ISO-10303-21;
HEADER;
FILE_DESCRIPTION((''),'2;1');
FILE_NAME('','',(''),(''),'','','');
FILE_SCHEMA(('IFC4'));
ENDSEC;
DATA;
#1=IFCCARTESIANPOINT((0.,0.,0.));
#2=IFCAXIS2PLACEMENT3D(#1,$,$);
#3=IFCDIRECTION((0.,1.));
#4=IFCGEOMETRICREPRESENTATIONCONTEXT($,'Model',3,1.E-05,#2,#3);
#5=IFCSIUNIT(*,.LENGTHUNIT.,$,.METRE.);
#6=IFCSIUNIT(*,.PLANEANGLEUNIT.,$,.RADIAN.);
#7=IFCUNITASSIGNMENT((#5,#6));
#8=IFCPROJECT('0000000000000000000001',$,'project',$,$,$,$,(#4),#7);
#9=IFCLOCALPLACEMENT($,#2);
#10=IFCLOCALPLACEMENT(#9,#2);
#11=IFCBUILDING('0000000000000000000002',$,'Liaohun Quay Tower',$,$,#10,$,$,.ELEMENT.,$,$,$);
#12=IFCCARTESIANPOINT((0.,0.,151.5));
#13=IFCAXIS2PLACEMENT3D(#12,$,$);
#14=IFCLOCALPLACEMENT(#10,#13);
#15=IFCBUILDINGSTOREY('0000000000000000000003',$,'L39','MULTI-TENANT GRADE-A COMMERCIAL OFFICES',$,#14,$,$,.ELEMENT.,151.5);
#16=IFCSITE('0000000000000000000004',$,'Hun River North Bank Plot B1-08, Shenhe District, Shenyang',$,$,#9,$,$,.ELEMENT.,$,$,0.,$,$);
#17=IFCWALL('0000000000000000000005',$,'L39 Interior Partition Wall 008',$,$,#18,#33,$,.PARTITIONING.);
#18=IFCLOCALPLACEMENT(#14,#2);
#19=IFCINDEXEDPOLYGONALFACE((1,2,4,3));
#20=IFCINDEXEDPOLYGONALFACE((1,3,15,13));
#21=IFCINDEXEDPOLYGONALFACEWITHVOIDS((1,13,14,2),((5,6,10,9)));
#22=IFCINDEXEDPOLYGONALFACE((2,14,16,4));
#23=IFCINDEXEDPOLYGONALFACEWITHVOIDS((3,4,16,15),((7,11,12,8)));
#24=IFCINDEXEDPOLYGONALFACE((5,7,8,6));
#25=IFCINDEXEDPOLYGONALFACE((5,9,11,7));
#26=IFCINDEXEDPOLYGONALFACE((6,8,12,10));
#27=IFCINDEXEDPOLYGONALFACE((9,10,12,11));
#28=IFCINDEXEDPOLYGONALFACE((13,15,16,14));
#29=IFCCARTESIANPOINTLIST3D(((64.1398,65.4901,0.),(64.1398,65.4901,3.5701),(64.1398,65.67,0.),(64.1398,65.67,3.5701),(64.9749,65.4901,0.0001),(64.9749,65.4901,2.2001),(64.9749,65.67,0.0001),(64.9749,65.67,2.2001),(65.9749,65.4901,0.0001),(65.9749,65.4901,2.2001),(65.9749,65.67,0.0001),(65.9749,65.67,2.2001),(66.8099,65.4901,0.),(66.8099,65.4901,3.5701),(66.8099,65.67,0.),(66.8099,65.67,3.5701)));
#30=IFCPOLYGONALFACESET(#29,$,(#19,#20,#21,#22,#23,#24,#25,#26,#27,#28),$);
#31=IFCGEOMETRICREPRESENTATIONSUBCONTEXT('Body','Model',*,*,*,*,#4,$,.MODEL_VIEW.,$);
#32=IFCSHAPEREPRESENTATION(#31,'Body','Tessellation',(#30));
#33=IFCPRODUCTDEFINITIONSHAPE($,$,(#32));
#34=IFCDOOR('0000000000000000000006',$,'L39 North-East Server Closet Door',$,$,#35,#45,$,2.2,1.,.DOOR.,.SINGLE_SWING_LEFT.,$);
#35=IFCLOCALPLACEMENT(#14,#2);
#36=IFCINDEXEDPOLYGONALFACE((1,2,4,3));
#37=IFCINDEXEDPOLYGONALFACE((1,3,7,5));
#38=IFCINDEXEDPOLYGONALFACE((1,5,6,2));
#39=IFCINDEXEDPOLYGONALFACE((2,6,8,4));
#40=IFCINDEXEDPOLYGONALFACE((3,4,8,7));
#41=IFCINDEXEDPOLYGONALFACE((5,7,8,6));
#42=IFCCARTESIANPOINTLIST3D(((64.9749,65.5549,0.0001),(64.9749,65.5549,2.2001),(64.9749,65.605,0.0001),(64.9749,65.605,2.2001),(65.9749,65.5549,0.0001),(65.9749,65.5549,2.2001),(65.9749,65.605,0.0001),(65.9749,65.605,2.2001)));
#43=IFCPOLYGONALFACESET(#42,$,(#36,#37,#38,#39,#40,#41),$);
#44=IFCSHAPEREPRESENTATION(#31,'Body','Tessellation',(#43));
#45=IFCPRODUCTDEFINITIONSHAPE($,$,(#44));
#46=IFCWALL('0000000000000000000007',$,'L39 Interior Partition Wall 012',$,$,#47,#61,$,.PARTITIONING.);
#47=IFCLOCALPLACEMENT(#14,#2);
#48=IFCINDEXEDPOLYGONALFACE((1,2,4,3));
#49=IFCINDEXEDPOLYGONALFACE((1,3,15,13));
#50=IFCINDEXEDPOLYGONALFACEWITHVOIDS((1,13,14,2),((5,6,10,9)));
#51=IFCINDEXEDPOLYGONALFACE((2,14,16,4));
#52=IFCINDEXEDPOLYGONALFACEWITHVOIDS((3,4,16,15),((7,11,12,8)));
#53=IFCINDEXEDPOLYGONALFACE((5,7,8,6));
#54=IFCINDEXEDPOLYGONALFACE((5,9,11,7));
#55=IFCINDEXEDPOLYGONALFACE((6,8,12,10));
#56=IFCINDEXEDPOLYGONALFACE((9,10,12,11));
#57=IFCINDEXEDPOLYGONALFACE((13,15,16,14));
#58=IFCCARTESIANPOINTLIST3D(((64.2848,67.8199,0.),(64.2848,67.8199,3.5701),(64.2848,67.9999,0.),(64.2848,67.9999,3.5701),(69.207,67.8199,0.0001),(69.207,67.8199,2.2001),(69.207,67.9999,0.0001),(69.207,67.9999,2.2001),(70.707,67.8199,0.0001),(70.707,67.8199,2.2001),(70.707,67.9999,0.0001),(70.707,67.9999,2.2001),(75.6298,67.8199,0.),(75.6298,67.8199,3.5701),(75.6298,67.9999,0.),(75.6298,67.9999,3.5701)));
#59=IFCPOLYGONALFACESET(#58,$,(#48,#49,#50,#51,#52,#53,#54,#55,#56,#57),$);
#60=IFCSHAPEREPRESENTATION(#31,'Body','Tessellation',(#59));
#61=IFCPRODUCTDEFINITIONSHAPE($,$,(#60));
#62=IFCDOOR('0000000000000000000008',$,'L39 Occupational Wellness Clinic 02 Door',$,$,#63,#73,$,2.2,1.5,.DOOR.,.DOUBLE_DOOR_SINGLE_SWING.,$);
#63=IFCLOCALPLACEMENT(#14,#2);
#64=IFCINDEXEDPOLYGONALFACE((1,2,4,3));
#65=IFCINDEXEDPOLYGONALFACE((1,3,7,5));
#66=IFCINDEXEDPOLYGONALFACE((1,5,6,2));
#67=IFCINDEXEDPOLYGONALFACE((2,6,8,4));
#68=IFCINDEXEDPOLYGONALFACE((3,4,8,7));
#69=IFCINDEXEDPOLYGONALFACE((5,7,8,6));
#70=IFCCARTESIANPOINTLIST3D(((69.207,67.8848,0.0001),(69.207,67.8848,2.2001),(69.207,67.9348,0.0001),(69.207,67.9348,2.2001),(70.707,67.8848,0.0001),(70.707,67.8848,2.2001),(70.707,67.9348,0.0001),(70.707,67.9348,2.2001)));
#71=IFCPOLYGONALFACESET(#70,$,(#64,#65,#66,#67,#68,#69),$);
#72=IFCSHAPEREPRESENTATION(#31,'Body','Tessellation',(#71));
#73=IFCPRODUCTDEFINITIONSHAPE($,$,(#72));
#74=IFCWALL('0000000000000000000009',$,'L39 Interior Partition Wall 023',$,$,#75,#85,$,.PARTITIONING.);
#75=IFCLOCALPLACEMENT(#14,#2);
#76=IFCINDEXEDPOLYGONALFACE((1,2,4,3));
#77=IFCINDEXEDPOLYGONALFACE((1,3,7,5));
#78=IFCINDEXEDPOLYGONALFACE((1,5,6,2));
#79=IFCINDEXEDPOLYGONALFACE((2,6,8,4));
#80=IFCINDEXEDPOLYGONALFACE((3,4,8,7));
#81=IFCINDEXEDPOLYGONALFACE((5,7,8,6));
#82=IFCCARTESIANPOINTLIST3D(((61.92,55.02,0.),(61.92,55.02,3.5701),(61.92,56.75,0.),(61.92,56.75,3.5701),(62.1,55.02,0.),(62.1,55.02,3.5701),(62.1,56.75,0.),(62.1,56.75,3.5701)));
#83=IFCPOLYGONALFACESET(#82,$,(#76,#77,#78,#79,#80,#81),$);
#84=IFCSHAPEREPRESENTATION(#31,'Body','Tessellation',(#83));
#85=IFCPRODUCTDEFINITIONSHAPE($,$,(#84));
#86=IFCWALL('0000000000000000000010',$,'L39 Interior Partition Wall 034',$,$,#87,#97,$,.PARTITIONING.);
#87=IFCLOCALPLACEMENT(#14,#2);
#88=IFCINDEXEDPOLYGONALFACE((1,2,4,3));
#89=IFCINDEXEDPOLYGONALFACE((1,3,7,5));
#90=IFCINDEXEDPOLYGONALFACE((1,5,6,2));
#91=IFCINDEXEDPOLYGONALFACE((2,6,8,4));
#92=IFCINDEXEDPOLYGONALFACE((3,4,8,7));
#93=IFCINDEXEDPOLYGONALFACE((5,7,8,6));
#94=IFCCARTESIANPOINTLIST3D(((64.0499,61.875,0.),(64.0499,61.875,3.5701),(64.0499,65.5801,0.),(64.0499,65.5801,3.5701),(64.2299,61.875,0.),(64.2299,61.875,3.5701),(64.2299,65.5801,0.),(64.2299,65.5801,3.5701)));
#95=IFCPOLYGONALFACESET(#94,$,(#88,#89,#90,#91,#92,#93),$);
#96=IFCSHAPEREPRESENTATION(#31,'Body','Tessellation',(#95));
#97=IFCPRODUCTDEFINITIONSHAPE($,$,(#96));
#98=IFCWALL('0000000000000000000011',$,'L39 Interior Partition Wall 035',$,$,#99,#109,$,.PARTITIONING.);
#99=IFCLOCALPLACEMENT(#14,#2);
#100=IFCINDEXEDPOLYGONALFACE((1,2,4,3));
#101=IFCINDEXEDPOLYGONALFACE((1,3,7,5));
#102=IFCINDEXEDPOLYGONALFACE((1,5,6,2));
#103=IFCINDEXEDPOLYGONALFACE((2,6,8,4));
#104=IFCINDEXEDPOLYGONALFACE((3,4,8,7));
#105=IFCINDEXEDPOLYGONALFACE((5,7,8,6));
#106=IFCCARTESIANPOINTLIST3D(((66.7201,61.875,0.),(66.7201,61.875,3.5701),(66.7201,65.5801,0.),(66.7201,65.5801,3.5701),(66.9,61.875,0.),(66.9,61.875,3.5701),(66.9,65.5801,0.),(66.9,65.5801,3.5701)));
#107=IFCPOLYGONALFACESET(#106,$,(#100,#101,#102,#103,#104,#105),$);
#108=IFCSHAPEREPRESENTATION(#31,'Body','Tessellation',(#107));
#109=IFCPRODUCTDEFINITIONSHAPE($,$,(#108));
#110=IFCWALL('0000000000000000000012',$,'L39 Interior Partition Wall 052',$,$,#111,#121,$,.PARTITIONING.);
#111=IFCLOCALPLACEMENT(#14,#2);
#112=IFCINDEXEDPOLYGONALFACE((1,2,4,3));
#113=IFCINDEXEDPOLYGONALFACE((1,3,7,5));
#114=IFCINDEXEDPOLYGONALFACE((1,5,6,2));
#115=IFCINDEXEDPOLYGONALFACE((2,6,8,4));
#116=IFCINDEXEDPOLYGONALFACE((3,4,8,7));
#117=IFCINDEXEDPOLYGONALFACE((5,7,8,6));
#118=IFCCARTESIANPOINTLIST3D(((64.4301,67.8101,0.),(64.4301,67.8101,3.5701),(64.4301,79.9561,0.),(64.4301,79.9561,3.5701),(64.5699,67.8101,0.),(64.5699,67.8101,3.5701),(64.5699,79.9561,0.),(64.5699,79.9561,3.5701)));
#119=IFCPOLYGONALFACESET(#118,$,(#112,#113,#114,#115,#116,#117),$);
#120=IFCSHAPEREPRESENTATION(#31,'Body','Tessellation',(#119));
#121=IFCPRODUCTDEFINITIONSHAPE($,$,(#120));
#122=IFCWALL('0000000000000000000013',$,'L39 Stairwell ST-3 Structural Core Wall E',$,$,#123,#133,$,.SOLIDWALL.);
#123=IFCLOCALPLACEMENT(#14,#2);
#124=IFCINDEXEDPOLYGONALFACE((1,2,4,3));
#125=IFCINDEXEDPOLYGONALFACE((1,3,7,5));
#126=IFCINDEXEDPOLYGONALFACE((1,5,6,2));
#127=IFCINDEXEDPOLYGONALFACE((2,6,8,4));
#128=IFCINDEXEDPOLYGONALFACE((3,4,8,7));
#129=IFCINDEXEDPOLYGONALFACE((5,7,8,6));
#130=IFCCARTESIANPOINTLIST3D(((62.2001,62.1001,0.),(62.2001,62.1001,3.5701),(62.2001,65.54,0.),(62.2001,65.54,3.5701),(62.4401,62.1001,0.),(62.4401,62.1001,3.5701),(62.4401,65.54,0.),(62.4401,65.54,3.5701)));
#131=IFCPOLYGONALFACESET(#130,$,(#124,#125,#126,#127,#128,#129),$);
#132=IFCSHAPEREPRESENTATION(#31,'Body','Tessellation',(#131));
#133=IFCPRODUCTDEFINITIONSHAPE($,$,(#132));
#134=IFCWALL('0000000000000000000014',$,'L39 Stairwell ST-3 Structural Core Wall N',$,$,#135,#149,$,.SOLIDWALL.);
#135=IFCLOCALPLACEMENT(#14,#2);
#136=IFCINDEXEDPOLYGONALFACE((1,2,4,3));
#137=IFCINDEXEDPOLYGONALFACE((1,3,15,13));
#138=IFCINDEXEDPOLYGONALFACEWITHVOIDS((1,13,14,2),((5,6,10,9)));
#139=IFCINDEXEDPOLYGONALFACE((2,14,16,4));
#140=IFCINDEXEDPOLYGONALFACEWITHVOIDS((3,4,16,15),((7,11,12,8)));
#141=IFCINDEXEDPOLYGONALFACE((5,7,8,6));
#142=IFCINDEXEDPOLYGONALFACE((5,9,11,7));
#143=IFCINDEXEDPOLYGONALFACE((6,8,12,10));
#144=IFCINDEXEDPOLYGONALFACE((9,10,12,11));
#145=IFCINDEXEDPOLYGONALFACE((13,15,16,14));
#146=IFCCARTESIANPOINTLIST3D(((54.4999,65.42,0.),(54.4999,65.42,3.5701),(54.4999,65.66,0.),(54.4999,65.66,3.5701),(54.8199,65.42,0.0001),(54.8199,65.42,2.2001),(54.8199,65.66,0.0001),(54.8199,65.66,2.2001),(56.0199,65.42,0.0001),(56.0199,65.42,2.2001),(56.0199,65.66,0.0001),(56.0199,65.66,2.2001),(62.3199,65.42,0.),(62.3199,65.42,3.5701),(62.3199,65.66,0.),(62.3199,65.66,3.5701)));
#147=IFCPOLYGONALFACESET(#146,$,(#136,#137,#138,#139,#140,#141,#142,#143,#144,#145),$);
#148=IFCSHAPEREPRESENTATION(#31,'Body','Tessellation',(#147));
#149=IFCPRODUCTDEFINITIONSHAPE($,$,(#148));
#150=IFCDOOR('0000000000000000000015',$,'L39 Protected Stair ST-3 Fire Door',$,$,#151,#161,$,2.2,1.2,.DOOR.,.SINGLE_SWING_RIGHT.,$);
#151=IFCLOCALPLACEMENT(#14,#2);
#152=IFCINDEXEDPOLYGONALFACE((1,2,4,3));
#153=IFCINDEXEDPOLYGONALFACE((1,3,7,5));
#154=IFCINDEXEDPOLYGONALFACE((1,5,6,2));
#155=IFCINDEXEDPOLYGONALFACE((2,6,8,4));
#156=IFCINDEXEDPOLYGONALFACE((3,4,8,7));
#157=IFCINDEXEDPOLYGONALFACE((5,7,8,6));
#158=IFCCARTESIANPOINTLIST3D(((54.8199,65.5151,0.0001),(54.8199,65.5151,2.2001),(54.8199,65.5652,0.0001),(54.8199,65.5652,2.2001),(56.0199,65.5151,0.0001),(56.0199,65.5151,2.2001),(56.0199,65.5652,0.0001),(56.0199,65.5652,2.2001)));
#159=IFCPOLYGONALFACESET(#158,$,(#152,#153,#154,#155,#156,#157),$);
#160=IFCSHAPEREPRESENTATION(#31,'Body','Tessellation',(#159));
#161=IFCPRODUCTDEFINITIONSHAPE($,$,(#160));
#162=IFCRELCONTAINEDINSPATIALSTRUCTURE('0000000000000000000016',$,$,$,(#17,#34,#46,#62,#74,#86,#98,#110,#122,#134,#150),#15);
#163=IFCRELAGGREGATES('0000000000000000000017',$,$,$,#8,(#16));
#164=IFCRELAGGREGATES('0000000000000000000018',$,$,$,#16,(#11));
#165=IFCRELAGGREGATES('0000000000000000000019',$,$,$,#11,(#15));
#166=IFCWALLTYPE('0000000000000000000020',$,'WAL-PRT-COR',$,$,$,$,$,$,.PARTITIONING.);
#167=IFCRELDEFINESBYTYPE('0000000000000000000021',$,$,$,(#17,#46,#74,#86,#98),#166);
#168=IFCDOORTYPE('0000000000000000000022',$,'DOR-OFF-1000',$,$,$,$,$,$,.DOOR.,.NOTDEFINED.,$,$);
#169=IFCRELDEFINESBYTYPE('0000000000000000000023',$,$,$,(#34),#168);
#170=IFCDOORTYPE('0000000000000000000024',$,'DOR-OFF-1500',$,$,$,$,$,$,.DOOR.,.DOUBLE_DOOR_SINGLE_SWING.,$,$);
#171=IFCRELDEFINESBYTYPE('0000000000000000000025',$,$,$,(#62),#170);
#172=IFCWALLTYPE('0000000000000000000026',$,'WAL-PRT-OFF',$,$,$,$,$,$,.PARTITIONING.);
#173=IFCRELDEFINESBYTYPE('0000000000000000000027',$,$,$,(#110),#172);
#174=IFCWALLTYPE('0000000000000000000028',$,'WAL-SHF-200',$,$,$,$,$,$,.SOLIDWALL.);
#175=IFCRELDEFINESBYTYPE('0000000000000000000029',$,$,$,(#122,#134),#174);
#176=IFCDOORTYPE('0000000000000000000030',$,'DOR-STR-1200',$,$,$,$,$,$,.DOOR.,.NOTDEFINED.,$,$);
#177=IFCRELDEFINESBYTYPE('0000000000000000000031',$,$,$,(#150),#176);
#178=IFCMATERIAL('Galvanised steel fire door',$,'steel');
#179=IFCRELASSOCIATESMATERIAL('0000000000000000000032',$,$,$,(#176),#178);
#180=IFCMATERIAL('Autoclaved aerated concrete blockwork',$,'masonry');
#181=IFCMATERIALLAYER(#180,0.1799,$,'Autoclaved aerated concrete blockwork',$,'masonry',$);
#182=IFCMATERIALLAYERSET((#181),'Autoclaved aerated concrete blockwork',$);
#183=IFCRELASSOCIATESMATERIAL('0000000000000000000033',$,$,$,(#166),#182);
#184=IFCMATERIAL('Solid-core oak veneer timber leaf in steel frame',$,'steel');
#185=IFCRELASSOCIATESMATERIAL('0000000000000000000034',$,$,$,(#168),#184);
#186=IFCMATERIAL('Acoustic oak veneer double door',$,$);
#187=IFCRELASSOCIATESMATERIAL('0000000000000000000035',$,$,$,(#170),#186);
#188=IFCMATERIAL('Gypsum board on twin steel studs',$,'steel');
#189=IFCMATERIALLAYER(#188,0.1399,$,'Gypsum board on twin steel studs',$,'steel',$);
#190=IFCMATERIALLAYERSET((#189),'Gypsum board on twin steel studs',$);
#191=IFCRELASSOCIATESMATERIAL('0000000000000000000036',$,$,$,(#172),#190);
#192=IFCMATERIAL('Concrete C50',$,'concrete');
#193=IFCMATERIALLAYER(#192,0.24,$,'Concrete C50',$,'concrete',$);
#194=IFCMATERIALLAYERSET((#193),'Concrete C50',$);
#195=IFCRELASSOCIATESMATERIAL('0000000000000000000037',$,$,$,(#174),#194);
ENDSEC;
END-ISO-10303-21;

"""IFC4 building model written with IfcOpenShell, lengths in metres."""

from ifc_helpers import new_model, si_unit, direction, frame, frame_2d, origin, place, context, subcontext, project, spatial, rectangle, extrude, source, transform, mapped, material, layer, layer_set, type_object, element, fill, save


model = new_model("IFC4")

# Units and contexts
model_context = context("Model", 3, precision=1e-05, world=origin(), true_north=direction((0.0, 1.0)))
body_context = subcontext(model_context, "Body", "Model", "MODEL_VIEW")
ifc_project = project(units=[si_unit("LENGTHUNIT", "METRE"), si_unit("PLANEANGLEUNIT", "RADIAN")], contexts=[model_context])

# Site, building, storey
site_placement = place(None, origin())
site = spatial("IfcSite", under=ifc_project, at=site_placement, Name="Hun River North Bank Plot B1-08, Shenhe District, Shenyang", CompositionType="ELEMENT", RefElevation=0.0)
building_placement = place(site_placement, origin())
building = spatial("IfcBuilding", under=site, at=building_placement, Name="Liaohun Quay Tower", CompositionType="ELEMENT")
storey_placement = place(building_placement, frame((0.0, 0.0, 151.5)))
storey = spatial("IfcBuildingStorey", under=building, at=storey_placement, Name="L39", Description="MULTI-TENANT GRADE-A COMMERCIAL OFFICES", CompositionType="ELEMENT", Elevation=151.5)

# Walls, openings, doors
ifc_material_1 = material(Name="Galvanised steel fire door", Category="steel")
door_type_1 = type_object("IfcDoorType", Name="DOR-STR-1200", OperationType="NOTDEFINED", PredefinedType="DOOR", material=ifc_material_1)
shared_shape_1 = source(origin(), body_context, "Body", "SweptSolid", [
    extrude(rectangle(XDim=1.2, YDim=2.2, at=frame_2d((0.6001, 1.1001))), frame((0.0, 0.0249, 0.0), z_axis=(0.0, -1.0, 0.0), x_axis=(1.0, 0.0, 0.0)), (0.0, 0.0, 1.0), 0.05),
])
ifc_material_2 = material(Name="Autoclaved aerated concrete blockwork", Category="masonry")
ifc_layer_1 = layer(ifc_material_2, 0.1799, Name="Autoclaved aerated concrete blockwork", Category="masonry")
ifc_layer_set_1 = layer_set([ifc_layer_1], Name="Autoclaved aerated concrete blockwork")
wall_type_1 = type_object("IfcWallType", Name="WAL-PRT-COR", PredefinedType="PARTITIONING", material=ifc_layer_set_1)
wall_1_placement = place(storey_placement, frame((64.1399, 65.5801, 0.0), z_axis=(0.0, 0.0, 1.0), x_axis=(1.0, 0.0, 0.0)))
wall_1 = element("IfcWall", 1, at=wall_1_placement, inside=storey, type_object=wall_type_1, Name="L39 Interior Partition Wall 008", PredefinedType="PARTITIONING", context=body_context, shape_type="SweptSolid", body=[
    extrude(rectangle(XDim=2.6702, YDim=0.1799, at=frame_2d((1.335, 0.0))), origin(), (0.0, 0.0, 1.0), 3.5701),
])
shared_shape_2 = source(origin(), body_context, "Body", "SweptSolid", [
    extrude(rectangle(XDim=1.0, YDim=2.2, at=frame_2d((0.5, 1.1001))), frame((0.0, 0.0999, 0.0), z_axis=(0.0, -1.0, 0.0), x_axis=(1.0, 0.0, 0.0)), (0.0, 0.0, 1.0), 0.2),
])
opening_1_placement = place(wall_1_placement, frame((0.835, 0.0, 0.0)))
opening_1 = element("IfcOpeningElement", 2, at=opening_1_placement, cuts=wall_1, PredefinedType="OPENING", context=body_context, shape_type="MappedRepresentation", body=[
    mapped(shared_shape_2, transform((0.0, 0.0, 0.0), x_axis=(1.0, 0.0, 0.0), y_axis=(0.0, 1.0, 0.0), z_axis=(0.0, 0.0, 1.0), scale=1.0)),
])
ifc_material_3 = material(Name="Solid-core oak veneer timber leaf in steel frame", Category="steel")
door_type_2 = type_object("IfcDoorType", Name="DOR-OFF-1000", OperationType="NOTDEFINED", PredefinedType="DOOR", material=ifc_material_3)
shared_shape_3 = source(origin(), body_context, "Body", "SweptSolid", [
    extrude(rectangle(XDim=1.0, YDim=2.2, at=frame_2d((0.5, 1.1001))), frame((0.0, 0.0249, 0.0), z_axis=(0.0, -1.0, 0.0), x_axis=(1.0, 0.0, 0.0)), (0.0, 0.0, 1.0), 0.05),
])
door_1_placement = place(opening_1_placement, origin())
door_1 = element("IfcDoor", 3, at=door_1_placement, inside=storey, type_object=door_type_2, Name="L39 North-East Server Closet Door", OperationType="SINGLE_SWING_LEFT", OverallHeight=2.2, OverallWidth=1.0, PredefinedType="DOOR", context=body_context, shape_type="MappedRepresentation", body=[
    mapped(shared_shape_3, transform((0.0, 0.0, 0.0), x_axis=(1.0, 0.0, 0.0), y_axis=(0.0, 1.0, 0.0), z_axis=(0.0, 0.0, 1.0), scale=1.0)),
])
fill(opening_1, door_1)
wall_2_placement = place(storey_placement, frame((64.2849, 67.9099, 0.0), z_axis=(0.0, 0.0, 1.0), x_axis=(1.0, 0.0, 0.0)))
wall_2 = element("IfcWall", 4, at=wall_2_placement, inside=storey, type_object=wall_type_1, Name="L39 Interior Partition Wall 012", PredefinedType="PARTITIONING", context=body_context, shape_type="SweptSolid", body=[
    extrude(rectangle(XDim=11.345, YDim=0.1799, at=frame_2d((5.6724, 0.0))), origin(), (0.0, 0.0, 1.0), 3.5701),
])
shared_shape_4 = source(origin(), body_context, "Body", "SweptSolid", [
    extrude(rectangle(XDim=1.5, YDim=2.2, at=frame_2d((0.75, 1.1001))), frame((0.0, 0.0999, 0.0), z_axis=(0.0, -1.0, 0.0), x_axis=(1.0, 0.0, 0.0)), (0.0, 0.0, 1.0), 0.2),
])
opening_2_placement = place(wall_2_placement, frame((4.9221, 0.0, 0.0)))
opening_2 = element("IfcOpeningElement", 5, at=opening_2_placement, cuts=wall_2, PredefinedType="OPENING", context=body_context, shape_type="MappedRepresentation", body=[
    mapped(shared_shape_4, transform((0.0, 0.0, 0.0), x_axis=(1.0, 0.0, 0.0), y_axis=(0.0, 1.0, 0.0), z_axis=(0.0, 0.0, 1.0), scale=1.0)),
])
ifc_material_4 = material(Name="Acoustic oak veneer double door")
door_type_3 = type_object("IfcDoorType", Name="DOR-OFF-1500", OperationType="DOUBLE_DOOR_SINGLE_SWING", PredefinedType="DOOR", material=ifc_material_4)
shared_shape_5 = source(origin(), body_context, "Body", "SweptSolid", [
    extrude(rectangle(XDim=1.5, YDim=2.2, at=frame_2d((0.75, 1.1001))), frame((0.0, 0.0249, 0.0), z_axis=(0.0, -1.0, 0.0), x_axis=(1.0, 0.0, 0.0)), (0.0, 0.0, 1.0), 0.05),
])
door_2_placement = place(opening_2_placement, origin())
door_2 = element("IfcDoor", 6, at=door_2_placement, inside=storey, type_object=door_type_3, Name="L39 Occupational Wellness Clinic 02 Door", OperationType="DOUBLE_DOOR_SINGLE_SWING", OverallHeight=2.2, OverallWidth=1.5, PredefinedType="DOOR", context=body_context, shape_type="MappedRepresentation", body=[
    mapped(shared_shape_5, transform((0.0, 0.0, 0.0), x_axis=(1.0, 0.0, 0.0), y_axis=(0.0, 1.0, 0.0), z_axis=(0.0, 0.0, 1.0), scale=1.0)),
])
fill(opening_2, door_2)

# Walls
wall_3_placement = place(storey_placement, frame((62.01, 55.02, 0.0), z_axis=(0.0, 0.0, 1.0), x_axis=(0.0, 1.0, 0.0)))
element("IfcWall", 7, at=wall_3_placement, inside=storey, type_object=wall_type_1, Name="L39 Interior Partition Wall 023", PredefinedType="PARTITIONING", context=body_context, shape_type="SweptSolid", body=[
    extrude(rectangle(XDim=1.73, YDim=0.1799, at=frame_2d((0.865, 0.0))), origin(), (0.0, 0.0, 1.0), 3.5701),
])
for number, where, z_axis, x_axis, name in (
    (8, (64.1399, 61.875, 0.0), (0.0, 0.0, 1.0), (0.0, 1.0, 0.0), "L39 Interior Partition Wall 034"),
    (9, (66.8101, 61.875, 0.0), (0.0, 0.0, 1.0), (0.0, 1.0, 0.0), "L39 Interior Partition Wall 035"),
):
    element("IfcWall", number, at=place(storey_placement, frame(where, z_axis=z_axis, x_axis=x_axis)), inside=storey, type_object=wall_type_1, Name=name, PredefinedType="PARTITIONING", context=body_context, shape_type="SweptSolid", body=[
        extrude(rectangle(XDim=3.7051, YDim=0.1799, at=frame_2d((1.8525, 0.0))), origin(), (0.0, 0.0, 1.0), 3.5701),
    ])
ifc_material_5 = material(Name="Gypsum board on twin steel studs", Category="steel")
ifc_layer_2 = layer(ifc_material_5, 0.1399, Name="Gypsum board on twin steel studs", Category="steel")
ifc_layer_set_2 = layer_set([ifc_layer_2], Name="Gypsum board on twin steel studs")
wall_type_2 = type_object("IfcWallType", Name="WAL-PRT-OFF", PredefinedType="PARTITIONING", material=ifc_layer_set_2)
wall_4_placement = place(storey_placement, frame((64.5, 67.8101, 0.0), z_axis=(0.0, 0.0, 1.0), x_axis=(0.0, 1.0, 0.0)))
element("IfcWall", 10, at=wall_4_placement, inside=storey, type_object=wall_type_2, Name="L39 Interior Partition Wall 052", PredefinedType="PARTITIONING", context=body_context, shape_type="SweptSolid", body=[
    extrude(rectangle(XDim=12.146, YDim=0.1399, at=frame_2d((6.073, 0.0))), origin(), (0.0, 0.0, 1.0), 3.5701),
])
ifc_material_6 = material(Name="Concrete C50", Category="concrete")
ifc_layer_3 = layer(ifc_material_6, 0.24, Name="Concrete C50", Category="concrete")
ifc_layer_set_3 = layer_set([ifc_layer_3], Name="Concrete C50")
wall_type_3 = type_object("IfcWallType", Name="WAL-SHF-200", PredefinedType="SOLIDWALL", material=ifc_layer_set_3)
wall_5_placement = place(storey_placement, frame((62.3201, 62.1001, 0.0), z_axis=(0.0, 0.0, 1.0), x_axis=(0.0, 1.0, 0.0)))
element("IfcWall", 11, at=wall_5_placement, inside=storey, type_object=wall_type_3, Name="L39 Stairwell ST-3 Structural Core Wall E", PredefinedType="SOLIDWALL", context=body_context, shape_type="SweptSolid", body=[
    extrude(rectangle(XDim=3.4399, YDim=0.24, at=frame_2d((1.72, 0.0))), origin(), (0.0, 0.0, 1.0), 3.5701),
])

# Wall, opening, door
wall_6_placement = place(storey_placement, frame((62.3201, 65.54, 0.0), z_axis=(0.0, 0.0, 1.0), x_axis=(-1.0, 0.0, 0.0)))
wall_6 = element("IfcWall", 12, at=wall_6_placement, inside=storey, type_object=wall_type_3, Name="L39 Stairwell ST-3 Structural Core Wall N", PredefinedType="SOLIDWALL", context=body_context, shape_type="SweptSolid", body=[
    extrude(rectangle(XDim=7.8201, YDim=0.24, at=frame_2d((3.9102, 0.0))), origin(), (0.0, 0.0, 1.0), 3.5701),
])
shared_shape_6 = source(origin(), body_context, "Body", "SweptSolid", [
    extrude(rectangle(XDim=1.2, YDim=2.2, at=frame_2d((0.6001, 1.1001))), frame((0.0, 0.1299, 0.0), z_axis=(0.0, -1.0, 0.0), x_axis=(1.0, 0.0, 0.0)), (0.0, 0.0, 1.0), 0.26),
])
opening_3_placement = place(wall_6_placement, frame((6.3, 0.0, 0.0)))
opening_3 = element("IfcOpeningElement", 13, at=opening_3_placement, cuts=wall_6, PredefinedType="OPENING", context=body_context, shape_type="MappedRepresentation", body=[
    mapped(shared_shape_6, transform((0.0, 0.0, 0.0), x_axis=(1.0, 0.0, 0.0), y_axis=(0.0, 1.0, 0.0), z_axis=(0.0, 0.0, 1.0), scale=1.0)),
])
door_3_placement = place(opening_3_placement, origin())
door_3 = element("IfcDoor", 14, at=door_3_placement, inside=storey, type_object=door_type_1, Name="L39 Protected Stair ST-3 Fire Door", OperationType="SINGLE_SWING_RIGHT", OverallHeight=2.2, OverallWidth=1.2, PredefinedType="DOOR", context=body_context, shape_type="MappedRepresentation", body=[
    mapped(shared_shape_1, transform((0.0, 0.0, 0.0), x_axis=(1.0, 0.0, 0.0), y_axis=(0.0, 1.0, 0.0), z_axis=(0.0, 0.0, 1.0), scale=1.0)),
])
fill(opening_3, door_3)

save(model, "model.ifc")
